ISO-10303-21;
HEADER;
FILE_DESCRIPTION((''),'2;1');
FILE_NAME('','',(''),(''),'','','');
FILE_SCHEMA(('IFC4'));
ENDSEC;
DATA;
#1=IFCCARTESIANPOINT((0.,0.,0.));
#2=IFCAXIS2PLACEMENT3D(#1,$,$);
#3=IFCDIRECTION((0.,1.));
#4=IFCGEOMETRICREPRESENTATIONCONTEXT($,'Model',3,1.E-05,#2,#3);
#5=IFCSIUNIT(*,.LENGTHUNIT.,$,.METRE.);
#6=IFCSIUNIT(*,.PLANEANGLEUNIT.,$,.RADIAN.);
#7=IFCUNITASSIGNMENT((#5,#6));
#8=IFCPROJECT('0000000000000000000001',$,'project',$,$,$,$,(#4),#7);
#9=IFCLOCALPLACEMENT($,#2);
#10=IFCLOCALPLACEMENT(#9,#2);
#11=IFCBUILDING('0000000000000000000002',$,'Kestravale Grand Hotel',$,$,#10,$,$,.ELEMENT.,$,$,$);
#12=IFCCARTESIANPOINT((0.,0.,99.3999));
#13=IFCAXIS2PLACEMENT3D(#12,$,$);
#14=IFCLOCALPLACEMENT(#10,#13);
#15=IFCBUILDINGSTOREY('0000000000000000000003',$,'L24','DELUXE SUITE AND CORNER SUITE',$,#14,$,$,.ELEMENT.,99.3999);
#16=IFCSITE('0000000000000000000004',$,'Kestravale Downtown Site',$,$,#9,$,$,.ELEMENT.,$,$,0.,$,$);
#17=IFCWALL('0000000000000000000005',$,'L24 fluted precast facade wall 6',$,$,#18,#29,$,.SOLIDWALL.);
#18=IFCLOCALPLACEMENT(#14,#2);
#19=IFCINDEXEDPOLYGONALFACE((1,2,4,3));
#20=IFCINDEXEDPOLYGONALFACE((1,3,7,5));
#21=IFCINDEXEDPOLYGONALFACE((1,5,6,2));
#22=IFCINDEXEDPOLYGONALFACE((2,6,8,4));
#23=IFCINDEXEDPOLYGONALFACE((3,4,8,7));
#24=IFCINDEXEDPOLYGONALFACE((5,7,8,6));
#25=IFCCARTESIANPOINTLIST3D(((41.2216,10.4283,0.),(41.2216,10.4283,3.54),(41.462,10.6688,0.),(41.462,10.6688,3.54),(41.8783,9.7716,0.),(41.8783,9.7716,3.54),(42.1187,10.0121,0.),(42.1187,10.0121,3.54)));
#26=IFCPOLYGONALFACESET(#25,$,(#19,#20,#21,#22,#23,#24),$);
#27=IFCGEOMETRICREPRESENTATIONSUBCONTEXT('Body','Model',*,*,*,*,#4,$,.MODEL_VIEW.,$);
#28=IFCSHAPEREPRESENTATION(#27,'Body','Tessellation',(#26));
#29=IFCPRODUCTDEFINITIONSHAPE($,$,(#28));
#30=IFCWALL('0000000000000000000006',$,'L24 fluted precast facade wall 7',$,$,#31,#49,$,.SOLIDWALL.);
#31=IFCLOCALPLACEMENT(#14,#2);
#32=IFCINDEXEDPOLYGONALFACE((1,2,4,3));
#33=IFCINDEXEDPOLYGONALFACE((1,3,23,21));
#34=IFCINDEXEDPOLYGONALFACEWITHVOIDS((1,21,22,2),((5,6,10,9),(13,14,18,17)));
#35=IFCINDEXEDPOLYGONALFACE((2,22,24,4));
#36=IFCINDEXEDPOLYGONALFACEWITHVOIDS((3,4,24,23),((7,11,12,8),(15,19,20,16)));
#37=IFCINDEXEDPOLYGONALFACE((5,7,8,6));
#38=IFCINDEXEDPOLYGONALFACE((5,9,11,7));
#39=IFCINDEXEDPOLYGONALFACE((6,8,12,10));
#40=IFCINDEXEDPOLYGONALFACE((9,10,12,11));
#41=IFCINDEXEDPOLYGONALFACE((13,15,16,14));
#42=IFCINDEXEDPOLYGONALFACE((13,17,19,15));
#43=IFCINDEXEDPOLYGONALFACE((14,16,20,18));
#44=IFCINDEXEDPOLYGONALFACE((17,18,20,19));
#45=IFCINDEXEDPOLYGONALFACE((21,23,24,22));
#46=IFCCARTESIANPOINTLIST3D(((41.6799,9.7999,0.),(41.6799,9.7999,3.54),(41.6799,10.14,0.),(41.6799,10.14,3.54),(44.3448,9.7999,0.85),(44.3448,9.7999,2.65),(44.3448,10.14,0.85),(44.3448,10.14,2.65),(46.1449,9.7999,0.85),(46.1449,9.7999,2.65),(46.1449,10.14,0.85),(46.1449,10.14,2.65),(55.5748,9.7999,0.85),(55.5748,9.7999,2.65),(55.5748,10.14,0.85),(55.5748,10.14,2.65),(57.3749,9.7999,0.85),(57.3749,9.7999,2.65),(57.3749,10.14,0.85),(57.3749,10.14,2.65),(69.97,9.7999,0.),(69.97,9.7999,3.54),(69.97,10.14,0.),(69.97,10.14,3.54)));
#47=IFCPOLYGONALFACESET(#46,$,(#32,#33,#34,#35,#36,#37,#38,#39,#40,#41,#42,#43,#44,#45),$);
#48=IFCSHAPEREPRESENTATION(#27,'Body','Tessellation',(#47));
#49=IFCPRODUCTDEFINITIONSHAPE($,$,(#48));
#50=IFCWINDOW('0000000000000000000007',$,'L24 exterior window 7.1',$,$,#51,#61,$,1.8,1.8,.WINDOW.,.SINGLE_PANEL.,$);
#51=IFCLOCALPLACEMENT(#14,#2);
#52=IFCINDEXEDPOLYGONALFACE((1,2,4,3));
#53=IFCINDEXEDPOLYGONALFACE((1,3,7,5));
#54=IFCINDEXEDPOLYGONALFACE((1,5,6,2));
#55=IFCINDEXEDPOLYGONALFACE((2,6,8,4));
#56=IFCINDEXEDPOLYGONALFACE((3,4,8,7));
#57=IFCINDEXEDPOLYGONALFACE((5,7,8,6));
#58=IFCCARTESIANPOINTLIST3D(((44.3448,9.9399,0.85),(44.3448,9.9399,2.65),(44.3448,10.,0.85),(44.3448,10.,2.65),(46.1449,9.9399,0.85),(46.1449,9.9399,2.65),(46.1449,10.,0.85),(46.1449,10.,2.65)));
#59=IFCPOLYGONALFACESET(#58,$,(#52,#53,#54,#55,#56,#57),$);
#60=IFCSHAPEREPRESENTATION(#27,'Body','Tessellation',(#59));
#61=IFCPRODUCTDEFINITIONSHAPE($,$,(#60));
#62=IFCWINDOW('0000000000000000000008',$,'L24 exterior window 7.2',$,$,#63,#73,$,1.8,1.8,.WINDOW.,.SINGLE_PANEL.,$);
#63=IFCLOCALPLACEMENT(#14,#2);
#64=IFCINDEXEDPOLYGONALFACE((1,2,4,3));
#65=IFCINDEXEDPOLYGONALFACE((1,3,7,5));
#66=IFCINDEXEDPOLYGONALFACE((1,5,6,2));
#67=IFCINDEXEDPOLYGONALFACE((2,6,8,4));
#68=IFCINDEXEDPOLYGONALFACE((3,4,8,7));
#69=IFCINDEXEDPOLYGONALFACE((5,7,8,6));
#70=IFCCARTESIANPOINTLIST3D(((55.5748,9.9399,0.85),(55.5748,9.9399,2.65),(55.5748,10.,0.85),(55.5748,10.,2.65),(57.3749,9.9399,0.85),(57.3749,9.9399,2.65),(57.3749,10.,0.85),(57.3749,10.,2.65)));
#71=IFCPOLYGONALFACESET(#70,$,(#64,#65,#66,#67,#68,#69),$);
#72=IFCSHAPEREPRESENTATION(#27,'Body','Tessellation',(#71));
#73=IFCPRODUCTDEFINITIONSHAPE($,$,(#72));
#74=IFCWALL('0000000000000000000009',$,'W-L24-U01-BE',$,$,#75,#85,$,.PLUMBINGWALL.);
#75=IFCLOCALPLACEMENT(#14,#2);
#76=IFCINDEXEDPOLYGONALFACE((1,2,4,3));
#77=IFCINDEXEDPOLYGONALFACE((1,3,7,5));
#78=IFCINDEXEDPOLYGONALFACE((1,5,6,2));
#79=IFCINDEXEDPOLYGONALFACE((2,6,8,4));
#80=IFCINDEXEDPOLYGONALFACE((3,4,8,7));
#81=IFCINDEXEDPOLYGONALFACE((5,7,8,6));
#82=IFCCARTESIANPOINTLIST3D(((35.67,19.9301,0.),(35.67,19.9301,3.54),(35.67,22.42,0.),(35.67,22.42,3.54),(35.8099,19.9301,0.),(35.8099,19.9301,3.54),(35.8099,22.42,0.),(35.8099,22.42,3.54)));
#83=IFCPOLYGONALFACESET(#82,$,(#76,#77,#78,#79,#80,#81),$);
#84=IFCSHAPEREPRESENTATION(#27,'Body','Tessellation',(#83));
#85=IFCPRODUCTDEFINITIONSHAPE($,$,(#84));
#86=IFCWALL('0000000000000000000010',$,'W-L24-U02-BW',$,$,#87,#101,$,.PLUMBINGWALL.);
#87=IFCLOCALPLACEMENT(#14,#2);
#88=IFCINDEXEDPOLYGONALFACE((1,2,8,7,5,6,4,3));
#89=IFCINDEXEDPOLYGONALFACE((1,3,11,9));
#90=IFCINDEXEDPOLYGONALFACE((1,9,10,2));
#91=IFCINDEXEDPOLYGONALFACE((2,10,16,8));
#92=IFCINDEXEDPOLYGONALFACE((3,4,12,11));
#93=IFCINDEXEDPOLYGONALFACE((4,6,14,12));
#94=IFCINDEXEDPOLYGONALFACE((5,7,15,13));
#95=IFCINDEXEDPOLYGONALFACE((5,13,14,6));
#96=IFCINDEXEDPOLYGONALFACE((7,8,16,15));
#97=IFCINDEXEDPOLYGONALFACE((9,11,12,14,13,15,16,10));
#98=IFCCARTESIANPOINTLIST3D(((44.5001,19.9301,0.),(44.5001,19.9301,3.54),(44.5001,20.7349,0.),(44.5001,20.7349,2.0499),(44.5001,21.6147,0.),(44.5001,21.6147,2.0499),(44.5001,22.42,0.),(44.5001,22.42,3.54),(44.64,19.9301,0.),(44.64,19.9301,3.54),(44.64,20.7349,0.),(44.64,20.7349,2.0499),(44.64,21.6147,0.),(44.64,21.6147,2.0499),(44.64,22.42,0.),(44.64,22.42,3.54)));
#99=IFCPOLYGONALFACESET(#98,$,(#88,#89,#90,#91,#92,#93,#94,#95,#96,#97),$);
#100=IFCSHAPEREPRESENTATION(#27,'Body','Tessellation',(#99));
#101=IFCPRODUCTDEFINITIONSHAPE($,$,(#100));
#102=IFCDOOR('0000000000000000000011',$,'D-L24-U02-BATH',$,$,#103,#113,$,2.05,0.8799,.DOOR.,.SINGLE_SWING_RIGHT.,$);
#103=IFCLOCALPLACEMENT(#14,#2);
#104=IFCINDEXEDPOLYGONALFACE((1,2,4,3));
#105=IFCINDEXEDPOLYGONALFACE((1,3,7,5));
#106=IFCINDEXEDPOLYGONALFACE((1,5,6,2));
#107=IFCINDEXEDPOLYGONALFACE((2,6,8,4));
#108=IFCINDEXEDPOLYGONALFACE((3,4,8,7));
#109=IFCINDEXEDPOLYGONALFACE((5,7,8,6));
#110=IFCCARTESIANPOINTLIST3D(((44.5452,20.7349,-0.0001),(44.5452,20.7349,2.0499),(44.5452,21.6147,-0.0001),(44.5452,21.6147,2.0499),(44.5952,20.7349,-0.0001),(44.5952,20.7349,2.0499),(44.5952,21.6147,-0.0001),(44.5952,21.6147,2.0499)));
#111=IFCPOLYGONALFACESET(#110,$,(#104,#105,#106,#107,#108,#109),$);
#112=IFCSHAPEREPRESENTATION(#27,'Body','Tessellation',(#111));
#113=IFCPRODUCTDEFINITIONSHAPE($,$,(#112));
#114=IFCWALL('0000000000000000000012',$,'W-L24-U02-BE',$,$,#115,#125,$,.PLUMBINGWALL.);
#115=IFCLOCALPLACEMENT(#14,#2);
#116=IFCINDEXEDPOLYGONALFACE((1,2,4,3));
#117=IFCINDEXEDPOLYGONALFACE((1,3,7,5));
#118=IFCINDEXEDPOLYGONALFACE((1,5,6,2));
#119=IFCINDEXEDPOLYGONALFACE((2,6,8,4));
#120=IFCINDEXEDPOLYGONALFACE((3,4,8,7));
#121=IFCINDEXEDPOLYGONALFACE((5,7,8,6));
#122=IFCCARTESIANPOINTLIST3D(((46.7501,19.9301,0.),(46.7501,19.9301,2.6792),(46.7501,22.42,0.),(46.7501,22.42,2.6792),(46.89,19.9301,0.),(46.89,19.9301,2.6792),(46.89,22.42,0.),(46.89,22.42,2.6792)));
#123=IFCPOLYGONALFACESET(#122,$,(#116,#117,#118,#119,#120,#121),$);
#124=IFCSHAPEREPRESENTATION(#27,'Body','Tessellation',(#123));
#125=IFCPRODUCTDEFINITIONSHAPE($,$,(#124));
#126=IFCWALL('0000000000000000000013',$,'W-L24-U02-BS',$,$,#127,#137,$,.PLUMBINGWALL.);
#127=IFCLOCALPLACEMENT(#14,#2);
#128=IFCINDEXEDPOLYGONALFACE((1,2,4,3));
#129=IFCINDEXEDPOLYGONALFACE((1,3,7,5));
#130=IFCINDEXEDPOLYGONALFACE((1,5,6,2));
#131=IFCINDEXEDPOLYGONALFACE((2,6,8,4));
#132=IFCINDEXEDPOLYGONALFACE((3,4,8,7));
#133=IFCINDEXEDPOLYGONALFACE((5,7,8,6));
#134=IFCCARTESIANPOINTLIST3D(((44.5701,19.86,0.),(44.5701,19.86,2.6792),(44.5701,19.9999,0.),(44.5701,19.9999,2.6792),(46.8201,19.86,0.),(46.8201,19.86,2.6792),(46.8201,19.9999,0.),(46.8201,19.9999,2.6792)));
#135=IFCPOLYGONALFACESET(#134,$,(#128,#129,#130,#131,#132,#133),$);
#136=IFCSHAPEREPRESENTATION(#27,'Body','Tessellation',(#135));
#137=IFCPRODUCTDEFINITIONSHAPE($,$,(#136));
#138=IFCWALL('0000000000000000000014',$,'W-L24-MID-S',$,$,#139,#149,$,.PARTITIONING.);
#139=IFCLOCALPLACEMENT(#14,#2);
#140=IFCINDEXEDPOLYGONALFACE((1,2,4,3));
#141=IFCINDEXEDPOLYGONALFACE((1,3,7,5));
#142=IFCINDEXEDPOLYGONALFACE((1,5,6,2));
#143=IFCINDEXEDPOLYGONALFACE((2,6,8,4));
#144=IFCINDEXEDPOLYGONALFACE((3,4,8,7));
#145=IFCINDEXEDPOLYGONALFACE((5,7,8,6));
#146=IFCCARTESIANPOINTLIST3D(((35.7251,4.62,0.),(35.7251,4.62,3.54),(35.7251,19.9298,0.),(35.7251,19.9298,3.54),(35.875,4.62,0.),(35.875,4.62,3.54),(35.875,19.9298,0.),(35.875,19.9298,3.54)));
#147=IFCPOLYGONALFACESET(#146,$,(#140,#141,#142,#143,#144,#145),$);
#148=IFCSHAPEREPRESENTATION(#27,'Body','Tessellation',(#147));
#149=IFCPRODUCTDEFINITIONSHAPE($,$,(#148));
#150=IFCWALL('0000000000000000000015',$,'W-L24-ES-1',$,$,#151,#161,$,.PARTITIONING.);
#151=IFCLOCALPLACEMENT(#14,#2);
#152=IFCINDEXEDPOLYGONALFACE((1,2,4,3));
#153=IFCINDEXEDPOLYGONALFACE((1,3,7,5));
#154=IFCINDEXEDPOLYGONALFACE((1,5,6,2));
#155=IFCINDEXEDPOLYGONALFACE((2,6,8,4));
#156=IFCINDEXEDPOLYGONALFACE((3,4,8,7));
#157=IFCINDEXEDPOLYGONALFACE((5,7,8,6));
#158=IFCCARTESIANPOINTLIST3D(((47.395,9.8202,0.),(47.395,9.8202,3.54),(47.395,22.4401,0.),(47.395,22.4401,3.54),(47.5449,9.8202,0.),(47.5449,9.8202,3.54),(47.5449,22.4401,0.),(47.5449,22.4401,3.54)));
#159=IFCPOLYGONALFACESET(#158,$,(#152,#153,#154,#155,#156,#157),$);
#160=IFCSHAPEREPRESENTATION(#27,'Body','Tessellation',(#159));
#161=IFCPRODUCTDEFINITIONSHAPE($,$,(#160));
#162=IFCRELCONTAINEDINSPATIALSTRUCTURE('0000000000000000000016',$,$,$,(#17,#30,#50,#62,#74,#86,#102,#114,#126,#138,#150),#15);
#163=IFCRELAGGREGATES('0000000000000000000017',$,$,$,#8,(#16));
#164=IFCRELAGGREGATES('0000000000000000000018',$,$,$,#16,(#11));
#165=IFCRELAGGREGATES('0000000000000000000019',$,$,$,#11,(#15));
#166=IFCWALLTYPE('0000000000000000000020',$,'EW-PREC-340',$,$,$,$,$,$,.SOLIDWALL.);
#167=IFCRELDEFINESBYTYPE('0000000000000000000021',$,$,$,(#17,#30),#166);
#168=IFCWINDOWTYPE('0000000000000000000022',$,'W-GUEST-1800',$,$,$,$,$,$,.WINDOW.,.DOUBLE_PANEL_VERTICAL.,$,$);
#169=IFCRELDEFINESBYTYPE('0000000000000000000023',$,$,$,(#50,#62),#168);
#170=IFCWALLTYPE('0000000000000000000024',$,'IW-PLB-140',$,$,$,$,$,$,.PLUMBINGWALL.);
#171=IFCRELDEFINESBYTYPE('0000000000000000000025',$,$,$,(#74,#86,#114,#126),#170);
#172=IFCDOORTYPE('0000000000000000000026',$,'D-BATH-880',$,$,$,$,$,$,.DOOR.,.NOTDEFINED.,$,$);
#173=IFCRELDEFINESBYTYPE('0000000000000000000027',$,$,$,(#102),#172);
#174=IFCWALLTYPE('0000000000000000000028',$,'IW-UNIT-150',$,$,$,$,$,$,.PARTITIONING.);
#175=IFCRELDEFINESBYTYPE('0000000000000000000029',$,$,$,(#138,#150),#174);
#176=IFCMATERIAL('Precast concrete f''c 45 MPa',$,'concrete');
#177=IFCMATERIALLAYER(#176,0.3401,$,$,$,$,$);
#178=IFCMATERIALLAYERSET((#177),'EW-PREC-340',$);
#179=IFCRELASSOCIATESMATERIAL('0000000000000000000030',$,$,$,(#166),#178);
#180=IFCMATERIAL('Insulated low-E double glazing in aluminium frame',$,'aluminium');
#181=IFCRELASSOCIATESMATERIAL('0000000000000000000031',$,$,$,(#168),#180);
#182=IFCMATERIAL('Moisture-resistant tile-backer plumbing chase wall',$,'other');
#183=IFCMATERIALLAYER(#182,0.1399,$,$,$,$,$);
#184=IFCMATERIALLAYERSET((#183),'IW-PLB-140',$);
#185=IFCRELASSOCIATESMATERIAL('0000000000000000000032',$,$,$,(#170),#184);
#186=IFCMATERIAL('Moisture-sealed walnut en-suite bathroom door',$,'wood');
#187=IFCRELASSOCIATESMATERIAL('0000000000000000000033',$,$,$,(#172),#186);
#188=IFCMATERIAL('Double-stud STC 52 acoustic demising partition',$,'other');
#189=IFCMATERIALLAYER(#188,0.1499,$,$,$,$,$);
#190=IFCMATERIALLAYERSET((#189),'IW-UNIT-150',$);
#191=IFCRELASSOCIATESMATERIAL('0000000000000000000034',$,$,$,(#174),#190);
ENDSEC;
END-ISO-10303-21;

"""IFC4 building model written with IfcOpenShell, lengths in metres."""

from ifc_helpers import new_model, si_unit, direction, frame, frame_2d, origin, place, context, subcontext, project, spatial, rectangle, extrude, material, layer, layer_set, type_object, element, fill, save


model = new_model("IFC4")

# Units and contexts
model_context = context("Model", 3, precision=1e-05, world=origin(), true_north=direction((0.0, 1.0)))
body_context = subcontext(model_context, "Body", "Model", "MODEL_VIEW")
ifc_project = project(units=[si_unit("LENGTHUNIT", "METRE"), si_unit("PLANEANGLEUNIT", "RADIAN")], contexts=[model_context])

# Site, building, storey
site_placement = place(None, origin())
site = spatial("IfcSite", under=ifc_project, at=site_placement, Name="Kestravale Downtown Site", CompositionType="ELEMENT", RefElevation=0.0)
building_placement = place(site_placement, origin())
building = spatial("IfcBuilding", under=site, at=building_placement, Name="Kestravale Grand Hotel", CompositionType="ELEMENT")
storey_placement = place(building_placement, frame((0.0, 0.0, 99.3999)))
storey = spatial("IfcBuildingStorey", under=building, at=storey_placement, Name="L24", Description="DELUXE SUITE AND CORNER SUITE", CompositionType="ELEMENT", Elevation=99.3999)

# Shared definitions
ifc_material_1 = material(Name="Precast concrete f'c 45 MPa", Category="concrete")
ifc_layer_1 = layer(ifc_material_1, 0.3401)
ifc_layer_set_1 = layer_set([ifc_layer_1], Name="EW-PREC-340")
wall_type_1 = type_object("IfcWallType", Name="EW-PREC-340", PredefinedType="SOLIDWALL", material=ifc_layer_set_1)

# Shared definitions
ifc_material_2 = material(Name="Insulated low-E double glazing in aluminium frame", Category="aluminium")
window_type = type_object("IfcWindowType", Name="W-GUEST-1800", PartitioningType="DOUBLE_PANEL_VERTICAL", PredefinedType="WINDOW", material=ifc_material_2)

# Wall
wall_1_placement = place(storey_placement, frame((41.3418, 10.5486, 0.0), z_axis=(0.0, 0.0, 1.0), x_axis=(0.707107, -0.707107, 0.0)))
element("IfcWall", 1, at=wall_1_placement, inside=storey, type_object=wall_type_1, Name="L24 fluted precast facade wall 6", PredefinedType="SOLIDWALL", context=body_context, shape_type="SweptSolid", body=[
    extrude(rectangle(XDim=0.9287, YDim=0.3401, at=frame_2d((0.4644, 0.0))), origin(), (0.0, 0.0, 1.0), 3.54),
])

# Wall, openings, windows
wall_2_placement = place(storey_placement, frame((41.6799, 9.97, 0.0), z_axis=(0.0, 0.0, 1.0), x_axis=(1.0, 0.0, 0.0)))
wall_2 = element("IfcWall", 2, at=wall_2_placement, inside=storey, type_object=wall_type_1, Name="L24 fluted precast facade wall 7", PredefinedType="SOLIDWALL", context=body_context, shape_type="SweptSolid", body=[
    extrude(rectangle(XDim=28.29, YDim=0.3401, at=frame_2d((14.145, 0.0))), origin(), (0.0, 0.0, 1.0), 3.54),
])
opening_1_placement = place(wall_2_placement, frame((2.665, 0.0, 0.8501)))
opening_1 = element("IfcOpeningElement", 3, at=opening_1_placement, cuts=wall_2, PredefinedType="OPENING", context=body_context, shape_type="SweptSolid", body=[
    extrude(rectangle(XDim=1.8, YDim=1.8, at=frame_2d((0.8999, 0.8999))), frame((0.0, 0.1799, 0.0), z_axis=(0.0, -1.0, 0.0), x_axis=(1.0, 0.0, 0.0)), (0.0, 0.0, 1.0), 0.3601),
])
opening_2_placement = place(wall_2_placement, frame((13.895, 0.0, 0.8501)))
opening_2 = element("IfcOpeningElement", 4, at=opening_2_placement, cuts=wall_2, PredefinedType="OPENING", context=body_context, shape_type="SweptSolid", body=[
    extrude(rectangle(XDim=1.8, YDim=1.8, at=frame_2d((0.8999, 0.8999))), frame((0.0, 0.1799, 0.0), z_axis=(0.0, -1.0, 0.0), x_axis=(1.0, 0.0, 0.0)), (0.0, 0.0, 1.0), 0.3601),
])
window_1_placement = place(opening_1_placement, origin())
window_1 = element("IfcWindow", 5, at=window_1_placement, inside=storey, type_object=window_type, Name="L24 exterior window 7.1", OverallHeight=1.8, OverallWidth=1.8, PartitioningType="SINGLE_PANEL", PredefinedType="WINDOW", context=body_context, shape_type="SweptSolid", body=[
    extrude(rectangle(XDim=1.8, YDim=1.8, at=frame_2d((0.8999, 0.8999))), frame((0.0, 0.03, 0.0), z_axis=(0.0, -1.0, 0.0), x_axis=(1.0, 0.0, 0.0)), (0.0, 0.0, 1.0), 0.0601),
])
fill(opening_1, window_1)
window_2_placement = place(opening_2_placement, origin())
window_2 = element("IfcWindow", 6, at=window_2_placement, inside=storey, type_object=window_type, Name="L24 exterior window 7.2", OverallHeight=1.8, OverallWidth=1.8, PartitioningType="SINGLE_PANEL", PredefinedType="WINDOW", context=body_context, shape_type="SweptSolid", body=[
    extrude(rectangle(XDim=1.8, YDim=1.8, at=frame_2d((0.8999, 0.8999))), frame((0.0, 0.03, 0.0), z_axis=(0.0, -1.0, 0.0), x_axis=(1.0, 0.0, 0.0)), (0.0, 0.0, 1.0), 0.0601),
])
fill(opening_2, window_2)

# Wall
ifc_material_3 = material(Name="Moisture-resistant tile-backer plumbing chase wall", Category="other")
ifc_layer_2 = layer(ifc_material_3, 0.1399)
ifc_layer_set_2 = layer_set([ifc_layer_2], Name="IW-PLB-140")
wall_type_2 = type_object("IfcWallType", Name="IW-PLB-140", PredefinedType="PLUMBINGWALL", material=ifc_layer_set_2)
wall_3_placement = place(storey_placement, frame((35.74, 19.9299, 0.0), z_axis=(0.0, 0.0, 1.0), x_axis=(0.0, 1.0, 0.0)))
element("IfcWall", 7, at=wall_3_placement, inside=storey, type_object=wall_type_2, Name="W-L24-U01-BE", PredefinedType="PLUMBINGWALL", context=body_context, shape_type="SweptSolid", body=[
    extrude(rectangle(XDim=2.49, YDim=0.1399, at=frame_2d((1.2451, 0.0))), origin(), (0.0, 0.0, 1.0), 3.54),
])

# Wall, opening, door
wall_4_placement = place(storey_placement, frame((44.5701, 19.9299, 0.0), z_axis=(0.0, 0.0, 1.0), x_axis=(0.0, 1.0, 0.0)))
wall_4 = element("IfcWall", 8, at=wall_4_placement, inside=storey, type_object=wall_type_2, Name="W-L24-U02-BW", PredefinedType="PLUMBINGWALL", context=body_context, shape_type="SweptSolid", body=[
    extrude(rectangle(XDim=2.49, YDim=0.1399, at=frame_2d((1.2451, 0.0))), origin(), (0.0, 0.0, 1.0), 3.54),
])
opening_3_placement = place(wall_4_placement, frame((0.8049, 0.0, 0.0)))
opening_3 = element("IfcOpeningElement", 9, at=opening_3_placement, cuts=wall_4, PredefinedType="OPENING", context=body_context, shape_type="SweptSolid", body=[
    extrude(rectangle(XDim=0.8799, YDim=2.05, at=frame_2d((0.4399, 1.0249))), frame((0.0, 0.0798, 0.0), z_axis=(0.0, -1.0, 0.0), x_axis=(1.0, 0.0, 0.0)), (0.0, 0.0, 1.0), 0.1599),
])
ifc_material_4 = material(Name="Moisture-sealed walnut en-suite bathroom door", Category="wood")
door_type = type_object("IfcDoorType", Name="D-BATH-880", OperationType="NOTDEFINED", PredefinedType="DOOR", material=ifc_material_4)
door_placement = place(opening_3_placement, origin())
door = element("IfcDoor", 10, at=door_placement, inside=storey, type_object=door_type, Name="D-L24-U02-BATH", OperationType="SINGLE_SWING_RIGHT", OverallHeight=2.05, OverallWidth=0.8799, PredefinedType="DOOR", context=body_context, shape_type="SweptSolid", body=[
    extrude(rectangle(XDim=0.8799, YDim=2.05, at=frame_2d((0.4399, 1.0249))), frame((0.0, 0.0249, 0.0), z_axis=(0.0, -1.0, 0.0), x_axis=(1.0, 0.0, 0.0)), (0.0, 0.0, 1.0), 0.05),
])
fill(opening_3, door)

# Walls
wall_5_placement = place(storey_placement, frame((46.8201, 19.9299, 0.0), z_axis=(0.0, 0.0, 1.0), x_axis=(0.0, 1.0, 0.0)))
element("IfcWall", 11, at=wall_5_placement, inside=storey, type_object=wall_type_2, Name="W-L24-U02-BE", PredefinedType="PLUMBINGWALL", context=body_context, shape_type="SweptSolid", body=[
    extrude(rectangle(XDim=2.49, YDim=0.1399, at=frame_2d((1.2451, 0.0))), origin(), (0.0, 0.0, 1.0), 2.6792),
])
wall_6_placement = place(storey_placement, frame((44.5701, 19.9299, 0.0), z_axis=(0.0, 0.0, 1.0), x_axis=(1.0, 0.0, 0.0)))
element("IfcWall", 12, at=wall_6_placement, inside=storey, type_object=wall_type_2, Name="W-L24-U02-BS", PredefinedType="PLUMBINGWALL", context=body_context, shape_type="SweptSolid", body=[
    extrude(rectangle(XDim=2.25, YDim=0.1399, at=frame_2d((1.125, 0.0))), origin(), (0.0, 0.0, 1.0), 2.6792),
])
ifc_material_5 = material(Name="Double-stud STC 52 acoustic demising partition", Category="other")
ifc_layer_3 = layer(ifc_material_5, 0.1499)
ifc_layer_set_3 = layer_set([ifc_layer_3], Name="IW-UNIT-150")
wall_type_3 = type_object("IfcWallType", Name="IW-UNIT-150", PredefinedType="PARTITIONING", material=ifc_layer_set_3)
wall_7_placement = place(storey_placement, frame((35.8, 4.6201, 0.0), z_axis=(0.0, 0.0, 1.0), x_axis=(0.0, 1.0, 0.0)))
element("IfcWall", 13, at=wall_7_placement, inside=storey, type_object=wall_type_3, Name="W-L24-MID-S", PredefinedType="PARTITIONING", context=body_context, shape_type="SweptSolid", body=[
    extrude(rectangle(XDim=15.3098, YDim=0.1499, at=frame_2d((7.6548, 0.0))), origin(), (0.0, 0.0, 1.0), 3.54),
])
wall_8_placement = place(storey_placement, frame((47.47, 9.8201, 0.0), z_axis=(0.0, 0.0, 1.0), x_axis=(0.0, 1.0, 0.0)))
element("IfcWall", 14, at=wall_8_placement, inside=storey, type_object=wall_type_3, Name="W-L24-ES-1", PredefinedType="PARTITIONING", context=body_context, shape_type="SweptSolid", body=[
    extrude(rectangle(XDim=12.6199, YDim=0.1499, at=frame_2d((6.3101, 0.0))), origin(), (0.0, 0.0, 1.0), 3.54),
])

save(model, "model.ifc")
